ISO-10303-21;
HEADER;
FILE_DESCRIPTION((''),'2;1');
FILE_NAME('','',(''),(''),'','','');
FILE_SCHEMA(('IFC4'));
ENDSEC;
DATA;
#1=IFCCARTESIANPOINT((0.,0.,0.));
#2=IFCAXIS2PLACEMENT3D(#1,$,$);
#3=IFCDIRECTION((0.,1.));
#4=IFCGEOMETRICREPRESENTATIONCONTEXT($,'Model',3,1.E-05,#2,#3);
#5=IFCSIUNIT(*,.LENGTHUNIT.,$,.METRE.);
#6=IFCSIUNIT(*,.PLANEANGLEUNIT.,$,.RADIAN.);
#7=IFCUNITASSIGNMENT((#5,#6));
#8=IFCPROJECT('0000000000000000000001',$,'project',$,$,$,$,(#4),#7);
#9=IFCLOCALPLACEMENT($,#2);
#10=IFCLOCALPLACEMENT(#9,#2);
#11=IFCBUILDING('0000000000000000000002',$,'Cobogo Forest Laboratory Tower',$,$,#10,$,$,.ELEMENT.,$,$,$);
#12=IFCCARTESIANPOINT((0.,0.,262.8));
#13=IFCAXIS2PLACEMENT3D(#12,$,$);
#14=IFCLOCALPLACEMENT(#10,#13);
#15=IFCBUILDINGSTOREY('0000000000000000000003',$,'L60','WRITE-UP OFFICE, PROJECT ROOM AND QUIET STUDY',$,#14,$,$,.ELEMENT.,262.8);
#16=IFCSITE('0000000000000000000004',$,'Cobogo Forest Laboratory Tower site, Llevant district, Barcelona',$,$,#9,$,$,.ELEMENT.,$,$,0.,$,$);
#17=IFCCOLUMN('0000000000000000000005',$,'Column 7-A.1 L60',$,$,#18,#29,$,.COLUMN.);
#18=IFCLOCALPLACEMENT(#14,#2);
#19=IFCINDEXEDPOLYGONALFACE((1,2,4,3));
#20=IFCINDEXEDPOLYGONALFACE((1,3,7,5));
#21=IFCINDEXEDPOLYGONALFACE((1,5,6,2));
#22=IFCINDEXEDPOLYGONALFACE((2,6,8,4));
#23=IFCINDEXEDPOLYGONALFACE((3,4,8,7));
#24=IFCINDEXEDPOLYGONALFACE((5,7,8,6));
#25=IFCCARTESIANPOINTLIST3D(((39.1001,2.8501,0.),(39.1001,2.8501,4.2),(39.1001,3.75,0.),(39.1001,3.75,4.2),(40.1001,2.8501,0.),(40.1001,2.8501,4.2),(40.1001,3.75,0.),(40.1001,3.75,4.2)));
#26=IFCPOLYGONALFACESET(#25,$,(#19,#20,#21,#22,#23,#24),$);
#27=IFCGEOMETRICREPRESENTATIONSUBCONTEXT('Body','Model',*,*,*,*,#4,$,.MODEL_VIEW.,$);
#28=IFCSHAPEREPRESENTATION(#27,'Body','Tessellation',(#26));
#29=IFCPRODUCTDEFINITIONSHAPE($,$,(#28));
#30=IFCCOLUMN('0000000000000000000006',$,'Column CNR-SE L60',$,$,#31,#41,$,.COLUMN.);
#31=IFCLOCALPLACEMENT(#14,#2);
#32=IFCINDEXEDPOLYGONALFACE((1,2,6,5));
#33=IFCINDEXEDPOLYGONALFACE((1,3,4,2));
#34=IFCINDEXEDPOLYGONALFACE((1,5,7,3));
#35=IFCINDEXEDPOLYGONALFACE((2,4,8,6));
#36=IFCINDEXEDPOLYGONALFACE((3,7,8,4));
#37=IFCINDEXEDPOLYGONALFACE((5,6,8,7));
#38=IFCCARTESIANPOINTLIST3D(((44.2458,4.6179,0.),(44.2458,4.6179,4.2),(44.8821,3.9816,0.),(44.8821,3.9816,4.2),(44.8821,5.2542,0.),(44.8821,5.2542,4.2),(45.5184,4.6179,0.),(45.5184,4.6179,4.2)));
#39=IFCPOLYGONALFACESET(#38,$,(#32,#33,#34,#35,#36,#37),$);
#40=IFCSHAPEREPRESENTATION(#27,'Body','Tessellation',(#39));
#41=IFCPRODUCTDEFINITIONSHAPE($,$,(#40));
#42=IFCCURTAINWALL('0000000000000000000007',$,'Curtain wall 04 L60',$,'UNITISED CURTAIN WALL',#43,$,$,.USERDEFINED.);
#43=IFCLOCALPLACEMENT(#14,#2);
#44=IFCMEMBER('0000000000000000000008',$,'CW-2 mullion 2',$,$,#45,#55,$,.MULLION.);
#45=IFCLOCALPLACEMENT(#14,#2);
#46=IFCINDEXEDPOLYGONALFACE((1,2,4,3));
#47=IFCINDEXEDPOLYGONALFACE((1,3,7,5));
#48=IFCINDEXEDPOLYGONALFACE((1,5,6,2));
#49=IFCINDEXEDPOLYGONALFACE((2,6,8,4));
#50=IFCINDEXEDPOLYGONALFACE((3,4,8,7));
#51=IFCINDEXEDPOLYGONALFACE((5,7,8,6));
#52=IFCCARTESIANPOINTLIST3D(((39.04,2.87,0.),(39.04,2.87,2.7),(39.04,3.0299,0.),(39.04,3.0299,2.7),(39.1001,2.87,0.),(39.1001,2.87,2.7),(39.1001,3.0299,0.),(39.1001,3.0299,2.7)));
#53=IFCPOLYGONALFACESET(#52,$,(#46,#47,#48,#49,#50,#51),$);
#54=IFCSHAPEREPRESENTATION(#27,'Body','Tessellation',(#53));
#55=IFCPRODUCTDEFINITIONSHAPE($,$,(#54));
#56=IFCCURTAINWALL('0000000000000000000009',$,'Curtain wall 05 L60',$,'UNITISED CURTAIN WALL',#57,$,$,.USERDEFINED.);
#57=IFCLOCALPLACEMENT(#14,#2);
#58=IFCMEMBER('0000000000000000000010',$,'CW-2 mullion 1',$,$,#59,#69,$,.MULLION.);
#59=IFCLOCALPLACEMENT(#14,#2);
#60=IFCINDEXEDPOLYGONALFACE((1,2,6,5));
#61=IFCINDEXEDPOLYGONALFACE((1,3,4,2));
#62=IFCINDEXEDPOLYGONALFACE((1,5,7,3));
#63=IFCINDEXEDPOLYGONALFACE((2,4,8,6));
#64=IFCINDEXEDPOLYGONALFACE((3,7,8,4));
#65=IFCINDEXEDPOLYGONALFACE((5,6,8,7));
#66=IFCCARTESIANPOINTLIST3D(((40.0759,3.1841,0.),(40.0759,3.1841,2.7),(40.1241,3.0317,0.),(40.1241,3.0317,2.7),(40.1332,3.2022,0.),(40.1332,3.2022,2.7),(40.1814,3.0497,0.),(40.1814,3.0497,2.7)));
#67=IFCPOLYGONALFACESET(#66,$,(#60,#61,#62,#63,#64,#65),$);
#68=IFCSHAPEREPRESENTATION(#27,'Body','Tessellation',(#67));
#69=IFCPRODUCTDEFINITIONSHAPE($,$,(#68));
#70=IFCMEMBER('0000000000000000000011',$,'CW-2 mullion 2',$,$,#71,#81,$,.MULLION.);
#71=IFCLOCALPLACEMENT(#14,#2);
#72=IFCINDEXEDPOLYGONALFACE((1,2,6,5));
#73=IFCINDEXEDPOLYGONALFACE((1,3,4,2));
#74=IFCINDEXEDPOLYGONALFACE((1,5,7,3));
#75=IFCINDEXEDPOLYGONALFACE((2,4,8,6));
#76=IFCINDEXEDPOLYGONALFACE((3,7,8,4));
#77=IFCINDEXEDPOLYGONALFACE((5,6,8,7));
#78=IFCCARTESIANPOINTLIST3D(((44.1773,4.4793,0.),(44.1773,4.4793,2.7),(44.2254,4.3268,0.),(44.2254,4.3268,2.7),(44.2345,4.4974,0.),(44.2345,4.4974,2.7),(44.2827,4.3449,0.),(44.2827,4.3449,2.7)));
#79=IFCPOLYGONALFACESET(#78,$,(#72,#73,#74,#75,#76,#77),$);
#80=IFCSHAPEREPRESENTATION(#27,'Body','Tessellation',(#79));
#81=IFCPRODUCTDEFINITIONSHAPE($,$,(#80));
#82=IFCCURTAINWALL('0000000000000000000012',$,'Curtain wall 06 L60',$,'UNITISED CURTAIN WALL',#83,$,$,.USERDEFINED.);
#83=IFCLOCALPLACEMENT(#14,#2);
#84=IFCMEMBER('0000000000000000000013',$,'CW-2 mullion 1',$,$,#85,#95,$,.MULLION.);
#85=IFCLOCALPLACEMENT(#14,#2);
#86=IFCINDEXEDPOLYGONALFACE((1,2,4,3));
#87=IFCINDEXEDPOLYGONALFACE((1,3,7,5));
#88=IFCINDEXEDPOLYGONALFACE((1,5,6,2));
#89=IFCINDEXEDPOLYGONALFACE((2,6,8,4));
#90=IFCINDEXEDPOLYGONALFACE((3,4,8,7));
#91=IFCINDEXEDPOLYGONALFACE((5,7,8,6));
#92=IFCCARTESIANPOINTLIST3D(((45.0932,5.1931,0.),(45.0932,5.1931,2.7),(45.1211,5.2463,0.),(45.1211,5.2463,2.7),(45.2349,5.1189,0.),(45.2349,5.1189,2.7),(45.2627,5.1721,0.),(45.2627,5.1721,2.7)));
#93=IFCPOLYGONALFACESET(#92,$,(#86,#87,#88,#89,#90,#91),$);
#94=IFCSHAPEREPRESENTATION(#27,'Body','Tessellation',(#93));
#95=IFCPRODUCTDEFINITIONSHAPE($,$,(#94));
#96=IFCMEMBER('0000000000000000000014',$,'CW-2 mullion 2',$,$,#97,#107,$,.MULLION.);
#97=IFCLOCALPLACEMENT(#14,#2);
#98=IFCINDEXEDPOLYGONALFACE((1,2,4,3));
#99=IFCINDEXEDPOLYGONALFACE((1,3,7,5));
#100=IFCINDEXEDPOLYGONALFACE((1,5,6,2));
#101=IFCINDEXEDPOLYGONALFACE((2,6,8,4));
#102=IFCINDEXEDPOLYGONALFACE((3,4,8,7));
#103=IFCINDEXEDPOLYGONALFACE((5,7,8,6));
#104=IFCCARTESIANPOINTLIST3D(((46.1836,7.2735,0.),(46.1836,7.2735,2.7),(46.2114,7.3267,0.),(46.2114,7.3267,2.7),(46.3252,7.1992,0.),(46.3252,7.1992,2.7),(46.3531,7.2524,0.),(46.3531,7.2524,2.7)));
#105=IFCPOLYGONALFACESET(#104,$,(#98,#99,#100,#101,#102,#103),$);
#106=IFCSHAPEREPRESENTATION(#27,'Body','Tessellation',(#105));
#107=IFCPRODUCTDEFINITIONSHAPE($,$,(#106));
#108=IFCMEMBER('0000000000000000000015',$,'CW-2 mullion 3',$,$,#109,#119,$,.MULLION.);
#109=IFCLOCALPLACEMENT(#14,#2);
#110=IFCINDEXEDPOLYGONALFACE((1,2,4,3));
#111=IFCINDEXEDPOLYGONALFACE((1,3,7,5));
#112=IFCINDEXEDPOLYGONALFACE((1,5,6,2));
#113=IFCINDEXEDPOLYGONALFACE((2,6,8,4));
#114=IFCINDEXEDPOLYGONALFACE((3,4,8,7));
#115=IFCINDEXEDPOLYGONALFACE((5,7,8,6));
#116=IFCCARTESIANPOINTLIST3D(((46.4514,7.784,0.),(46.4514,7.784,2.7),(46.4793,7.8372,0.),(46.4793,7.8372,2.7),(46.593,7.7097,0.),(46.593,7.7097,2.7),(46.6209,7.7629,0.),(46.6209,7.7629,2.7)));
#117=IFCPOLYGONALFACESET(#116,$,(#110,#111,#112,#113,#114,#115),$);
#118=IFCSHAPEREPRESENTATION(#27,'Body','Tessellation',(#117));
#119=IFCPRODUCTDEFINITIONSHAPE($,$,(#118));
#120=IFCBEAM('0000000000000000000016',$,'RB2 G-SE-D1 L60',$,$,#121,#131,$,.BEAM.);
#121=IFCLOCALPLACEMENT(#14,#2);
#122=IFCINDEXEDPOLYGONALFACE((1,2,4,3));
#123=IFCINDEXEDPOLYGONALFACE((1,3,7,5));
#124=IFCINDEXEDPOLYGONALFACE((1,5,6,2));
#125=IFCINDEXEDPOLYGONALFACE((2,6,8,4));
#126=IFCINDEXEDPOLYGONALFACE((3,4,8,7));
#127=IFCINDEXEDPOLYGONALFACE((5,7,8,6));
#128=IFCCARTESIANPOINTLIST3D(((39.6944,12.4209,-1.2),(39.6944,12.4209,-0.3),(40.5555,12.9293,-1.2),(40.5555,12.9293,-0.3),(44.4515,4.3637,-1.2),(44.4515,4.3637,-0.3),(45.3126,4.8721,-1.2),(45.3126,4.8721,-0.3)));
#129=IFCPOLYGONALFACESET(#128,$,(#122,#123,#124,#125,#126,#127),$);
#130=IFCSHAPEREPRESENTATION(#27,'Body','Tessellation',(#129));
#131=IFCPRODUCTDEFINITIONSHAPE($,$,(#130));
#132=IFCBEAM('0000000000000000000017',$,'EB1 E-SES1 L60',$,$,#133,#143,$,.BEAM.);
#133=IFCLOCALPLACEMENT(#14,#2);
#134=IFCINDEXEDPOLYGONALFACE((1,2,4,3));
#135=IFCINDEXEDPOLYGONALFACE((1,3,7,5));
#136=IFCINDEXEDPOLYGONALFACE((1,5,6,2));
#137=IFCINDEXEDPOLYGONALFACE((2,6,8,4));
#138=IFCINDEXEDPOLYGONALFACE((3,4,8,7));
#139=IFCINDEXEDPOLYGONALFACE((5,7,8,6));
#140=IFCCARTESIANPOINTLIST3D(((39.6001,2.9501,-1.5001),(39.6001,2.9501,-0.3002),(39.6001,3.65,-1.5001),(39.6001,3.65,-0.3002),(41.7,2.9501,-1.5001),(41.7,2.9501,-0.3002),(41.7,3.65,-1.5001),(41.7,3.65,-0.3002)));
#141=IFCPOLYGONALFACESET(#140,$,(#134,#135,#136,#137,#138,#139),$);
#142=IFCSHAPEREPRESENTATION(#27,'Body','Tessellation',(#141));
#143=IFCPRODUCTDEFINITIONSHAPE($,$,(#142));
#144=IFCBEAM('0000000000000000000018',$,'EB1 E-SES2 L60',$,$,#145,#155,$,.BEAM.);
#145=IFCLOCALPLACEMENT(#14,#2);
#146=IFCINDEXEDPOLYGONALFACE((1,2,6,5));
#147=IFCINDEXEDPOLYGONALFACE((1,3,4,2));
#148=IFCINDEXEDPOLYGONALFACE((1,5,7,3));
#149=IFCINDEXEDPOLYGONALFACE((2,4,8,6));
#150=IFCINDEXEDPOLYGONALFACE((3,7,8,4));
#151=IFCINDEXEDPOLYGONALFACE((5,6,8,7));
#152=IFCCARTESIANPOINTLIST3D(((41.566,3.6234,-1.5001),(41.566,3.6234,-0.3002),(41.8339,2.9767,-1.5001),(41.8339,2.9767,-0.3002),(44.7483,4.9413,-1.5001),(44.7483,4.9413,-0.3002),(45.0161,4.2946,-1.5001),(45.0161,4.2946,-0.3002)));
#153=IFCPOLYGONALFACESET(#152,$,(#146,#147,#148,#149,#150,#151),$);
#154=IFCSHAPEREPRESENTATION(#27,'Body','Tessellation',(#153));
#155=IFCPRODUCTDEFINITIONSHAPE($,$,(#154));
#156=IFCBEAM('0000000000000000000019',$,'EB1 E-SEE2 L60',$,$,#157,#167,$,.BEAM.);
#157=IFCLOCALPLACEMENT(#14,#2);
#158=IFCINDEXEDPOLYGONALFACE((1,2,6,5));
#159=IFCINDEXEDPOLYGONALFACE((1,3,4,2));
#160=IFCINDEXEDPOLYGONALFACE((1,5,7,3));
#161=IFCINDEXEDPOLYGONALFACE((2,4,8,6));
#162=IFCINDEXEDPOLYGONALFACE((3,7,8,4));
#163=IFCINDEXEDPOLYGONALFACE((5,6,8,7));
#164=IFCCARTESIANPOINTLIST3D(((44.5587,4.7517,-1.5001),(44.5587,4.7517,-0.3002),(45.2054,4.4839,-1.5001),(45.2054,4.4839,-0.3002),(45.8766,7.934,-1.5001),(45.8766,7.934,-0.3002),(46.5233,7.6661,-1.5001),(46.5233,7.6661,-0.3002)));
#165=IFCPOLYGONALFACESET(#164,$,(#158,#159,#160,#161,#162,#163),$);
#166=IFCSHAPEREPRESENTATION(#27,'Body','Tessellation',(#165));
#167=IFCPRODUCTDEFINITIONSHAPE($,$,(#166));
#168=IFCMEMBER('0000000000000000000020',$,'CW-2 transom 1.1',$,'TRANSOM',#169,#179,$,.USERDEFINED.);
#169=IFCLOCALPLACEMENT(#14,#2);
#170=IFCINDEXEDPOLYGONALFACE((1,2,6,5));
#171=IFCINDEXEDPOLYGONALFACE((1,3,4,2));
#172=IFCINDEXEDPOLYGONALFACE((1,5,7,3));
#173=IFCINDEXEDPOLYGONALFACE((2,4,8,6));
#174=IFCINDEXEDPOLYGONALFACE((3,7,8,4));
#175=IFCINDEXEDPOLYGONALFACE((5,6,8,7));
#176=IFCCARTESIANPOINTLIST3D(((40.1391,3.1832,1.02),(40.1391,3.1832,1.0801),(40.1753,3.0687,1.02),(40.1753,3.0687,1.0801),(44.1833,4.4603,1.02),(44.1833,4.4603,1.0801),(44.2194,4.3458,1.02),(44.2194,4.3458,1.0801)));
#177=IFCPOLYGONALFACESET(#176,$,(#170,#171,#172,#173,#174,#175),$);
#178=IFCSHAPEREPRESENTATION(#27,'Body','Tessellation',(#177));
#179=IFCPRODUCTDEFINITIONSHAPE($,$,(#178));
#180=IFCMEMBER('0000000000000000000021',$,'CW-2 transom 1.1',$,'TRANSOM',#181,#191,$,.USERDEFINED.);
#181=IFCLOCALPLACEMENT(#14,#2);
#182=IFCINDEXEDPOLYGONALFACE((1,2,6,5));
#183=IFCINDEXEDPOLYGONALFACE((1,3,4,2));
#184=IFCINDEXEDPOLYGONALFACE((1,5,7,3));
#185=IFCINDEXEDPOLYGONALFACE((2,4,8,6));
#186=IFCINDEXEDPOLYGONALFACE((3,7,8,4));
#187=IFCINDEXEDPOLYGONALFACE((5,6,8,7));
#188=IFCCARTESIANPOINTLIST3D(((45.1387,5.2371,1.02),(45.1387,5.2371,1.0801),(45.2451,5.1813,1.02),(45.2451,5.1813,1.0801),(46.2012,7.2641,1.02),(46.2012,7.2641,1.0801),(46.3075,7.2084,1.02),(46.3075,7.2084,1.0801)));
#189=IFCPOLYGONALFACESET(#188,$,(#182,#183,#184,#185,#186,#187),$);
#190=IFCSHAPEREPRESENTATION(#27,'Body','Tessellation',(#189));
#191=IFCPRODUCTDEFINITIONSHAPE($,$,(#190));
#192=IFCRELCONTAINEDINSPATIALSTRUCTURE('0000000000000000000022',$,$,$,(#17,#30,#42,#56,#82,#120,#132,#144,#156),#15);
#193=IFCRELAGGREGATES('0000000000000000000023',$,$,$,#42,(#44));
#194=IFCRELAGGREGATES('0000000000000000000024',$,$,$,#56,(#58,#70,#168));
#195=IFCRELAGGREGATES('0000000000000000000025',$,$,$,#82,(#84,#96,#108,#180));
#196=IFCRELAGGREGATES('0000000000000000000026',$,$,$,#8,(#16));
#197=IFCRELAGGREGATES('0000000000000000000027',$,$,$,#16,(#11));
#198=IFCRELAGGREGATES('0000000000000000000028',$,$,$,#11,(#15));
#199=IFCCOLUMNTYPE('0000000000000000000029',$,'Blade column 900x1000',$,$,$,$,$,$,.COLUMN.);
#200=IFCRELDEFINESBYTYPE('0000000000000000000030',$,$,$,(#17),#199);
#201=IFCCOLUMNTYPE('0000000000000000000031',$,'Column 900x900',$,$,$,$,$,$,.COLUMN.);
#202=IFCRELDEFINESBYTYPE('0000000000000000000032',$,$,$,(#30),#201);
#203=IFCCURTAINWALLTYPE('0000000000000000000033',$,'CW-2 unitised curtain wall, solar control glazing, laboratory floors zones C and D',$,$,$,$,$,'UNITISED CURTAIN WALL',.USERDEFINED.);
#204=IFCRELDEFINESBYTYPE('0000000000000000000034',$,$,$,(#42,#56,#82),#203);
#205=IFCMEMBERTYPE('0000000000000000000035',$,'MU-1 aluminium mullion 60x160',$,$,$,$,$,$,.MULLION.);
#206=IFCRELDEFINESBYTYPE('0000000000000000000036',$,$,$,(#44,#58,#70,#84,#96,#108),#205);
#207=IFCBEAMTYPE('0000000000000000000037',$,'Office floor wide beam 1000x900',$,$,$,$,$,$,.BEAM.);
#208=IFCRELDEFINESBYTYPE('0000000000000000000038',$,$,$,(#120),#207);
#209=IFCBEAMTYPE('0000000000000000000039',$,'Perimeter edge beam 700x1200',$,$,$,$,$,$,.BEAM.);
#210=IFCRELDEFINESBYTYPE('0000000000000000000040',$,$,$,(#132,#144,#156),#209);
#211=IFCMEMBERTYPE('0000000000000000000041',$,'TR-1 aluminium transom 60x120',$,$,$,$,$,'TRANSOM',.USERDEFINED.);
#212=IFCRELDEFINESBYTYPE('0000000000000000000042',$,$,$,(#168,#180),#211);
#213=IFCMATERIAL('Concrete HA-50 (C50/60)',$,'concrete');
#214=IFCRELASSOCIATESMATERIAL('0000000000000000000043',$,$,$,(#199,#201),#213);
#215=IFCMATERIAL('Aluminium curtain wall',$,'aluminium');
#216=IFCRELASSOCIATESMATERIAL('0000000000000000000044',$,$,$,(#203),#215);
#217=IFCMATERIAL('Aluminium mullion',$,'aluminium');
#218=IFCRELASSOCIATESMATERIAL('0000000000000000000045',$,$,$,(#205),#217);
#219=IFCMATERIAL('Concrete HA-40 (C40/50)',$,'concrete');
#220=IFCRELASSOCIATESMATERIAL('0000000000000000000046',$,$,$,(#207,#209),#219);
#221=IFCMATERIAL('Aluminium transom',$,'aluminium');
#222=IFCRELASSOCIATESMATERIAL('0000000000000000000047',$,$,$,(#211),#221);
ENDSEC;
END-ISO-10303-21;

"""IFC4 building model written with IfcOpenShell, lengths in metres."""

from ifc_helpers import new_model, si_unit, direction, frame, origin, origin_2d, place, context, subcontext, project, spatial, rectangle, extrude, material, material_profile, profile_set, type_object, element, aggregate, save


model = new_model("IFC4")

# Units and contexts
model_context = context("Model", 3, precision=1e-05, world=origin(), true_north=direction((0.0, 1.0)))
body_context = subcontext(model_context, "Body", "Model", "MODEL_VIEW")
ifc_project = project(units=[si_unit("LENGTHUNIT", "METRE"), si_unit("PLANEANGLEUNIT", "RADIAN")], contexts=[model_context])

# Site, building, storey
site_placement = place(None, origin())
site = spatial("IfcSite", under=ifc_project, at=site_placement, Name="Cobogo Forest Laboratory Tower site, Llevant district, Barcelona", CompositionType="ELEMENT", RefElevation=0.0)
building_placement = place(site_placement, origin())
building = spatial("IfcBuilding", under=site, at=building_placement, Name="Cobogo Forest Laboratory Tower", CompositionType="ELEMENT")
storey_placement = place(building_placement, frame((0.0, 0.0, 262.8)))
storey = spatial("IfcBuildingStorey", under=building, at=storey_placement, Name="L60", Description="WRITE-UP OFFICE, PROJECT ROOM AND QUIET STUDY", CompositionType="ELEMENT", Elevation=262.8)

# Columns
ifc_material_1 = material(Name="Concrete HA-50 (C50/60)", Category="concrete")
ifc_material_profile_1 = material_profile(ifc_material_1, rectangle(XDim=1.0, YDim=0.8999, at=origin_2d()), Name="RC 900x1000")
ifc_profile_set_1 = profile_set([ifc_material_profile_1], Name="Concrete HA-50 (C50/60)")
column_type_1 = type_object("IfcColumnType", Name="Blade column 900x1000", PredefinedType="COLUMN", material=ifc_profile_set_1)
column_1_placement = place(storey_placement, frame((39.6001, 3.3, 0.0), z_axis=(0.0, 0.0, 1.0), x_axis=(1.0, 0.0, 0.0)))
element("IfcColumn", 1, at=column_1_placement, inside=storey, type_object=column_type_1, Name="Column 7-A.1 L60", PredefinedType="COLUMN", context=body_context, shape_type="SweptSolid", body=[
    extrude(rectangle(XDim=1.0, YDim=0.8999, at=origin_2d()), origin(), (0.0, 0.0, 1.0), 4.2),
])
ifc_material_profile_2 = material_profile(ifc_material_1, rectangle(XDim=0.8999, YDim=0.8999, at=origin_2d()), Name="RC 900x900")
ifc_profile_set_2 = profile_set([ifc_material_profile_2], Name="Concrete HA-50 (C50/60)")
column_type_2 = type_object("IfcColumnType", Name="Column 900x900", PredefinedType="COLUMN", material=ifc_profile_set_2)
column_2_placement = place(storey_placement, frame((44.8821, 4.6179, 0.0), z_axis=(0.0, 0.0, 1.0), x_axis=(0.707107, 0.707107, 0.0)))
element("IfcColumn", 2, at=column_2_placement, inside=storey, type_object=column_type_2, Name="Column CNR-SE L60", PredefinedType="COLUMN", context=body_context, shape_type="SweptSolid", body=[
    extrude(rectangle(XDim=0.8999, YDim=0.8999, at=origin_2d()), origin(), (0.0, 0.0, 1.0), 4.2),
])

# Curtain wall, member
ifc_material_2 = material(Name="Aluminium curtain wall", Category="aluminium")
curtain_wall_type = type_object("IfcCurtainWallType", Name="CW-2 unitised curtain wall, solar control glazing, laboratory floors zones C and D", ElementType="UNITISED CURTAIN WALL", PredefinedType="USERDEFINED", material=ifc_material_2)
curtain_wall_1_placement = place(storey_placement, origin())
curtain_wall_1 = element("IfcCurtainWall", 3, at=curtain_wall_1_placement, inside=storey, type_object=curtain_wall_type, Name="Curtain wall 04 L60", ObjectType="UNITISED CURTAIN WALL", PredefinedType="USERDEFINED")
ifc_material_3 = material(Name="Aluminium mullion", Category="aluminium")
ifc_material_profile_3 = material_profile(ifc_material_3, rectangle(XDim=0.0601, YDim=0.1599, at=origin_2d()), Name="AL 60x160")
ifc_profile_set_3 = profile_set([ifc_material_profile_3], Name="Aluminium mullion")
member_type_1 = type_object("IfcMemberType", Name="MU-1 aluminium mullion 60x160", PredefinedType="MULLION", material=ifc_profile_set_3)
member_1_placement = place(storey_placement, frame((39.0701, 2.95, 0.0), z_axis=(0.0, 0.0, 1.0), x_axis=(1.0, 0.0, 0.0)))
member_1 = element("IfcMember", 4, at=member_1_placement, type_object=member_type_1, Name="CW-2 mullion 2", PredefinedType="MULLION", context=body_context, shape_type="SweptSolid", body=[
    extrude(rectangle(XDim=0.0601, YDim=0.1599, at=origin_2d()), origin(), (0.0, 0.0, 1.0), 2.7),
])

# Curtain walls, members
curtain_wall_2_placement = place(storey_placement, origin())
curtain_wall_2 = element("IfcCurtainWall", 5, at=curtain_wall_2_placement, inside=storey, type_object=curtain_wall_type, Name="Curtain wall 05 L60", ObjectType="UNITISED CURTAIN WALL", PredefinedType="USERDEFINED")
member_2_placement = place(storey_placement, frame((40.1287, 3.1169, 0.0), z_axis=(0.0, 0.0, 1.0), x_axis=(0.953581, 0.301135, 0.0)))
member_2 = element("IfcMember", 6, at=member_2_placement, type_object=member_type_1, Name="CW-2 mullion 1", PredefinedType="MULLION", context=body_context, shape_type="SweptSolid", body=[
    extrude(rectangle(XDim=0.0601, YDim=0.1599, at=origin_2d()), origin(), (0.0, 0.0, 1.0), 2.7),
])
member_3_placement = place(storey_placement, frame((44.23, 4.4121, 0.0), z_axis=(0.0, 0.0, 1.0), x_axis=(0.953581, 0.301135, 0.0)))
member_3 = element("IfcMember", 7, at=member_3_placement, type_object=member_type_1, Name="CW-2 mullion 2", PredefinedType="MULLION", context=body_context, shape_type="SweptSolid", body=[
    extrude(rectangle(XDim=0.0601, YDim=0.1599, at=origin_2d()), origin(), (0.0, 0.0, 1.0), 2.7),
])
curtain_wall_3_placement = place(storey_placement, origin())
curtain_wall_3 = element("IfcCurtainWall", 8, at=curtain_wall_3_placement, inside=storey, type_object=curtain_wall_type, Name="Curtain wall 06 L60", ObjectType="UNITISED CURTAIN WALL", PredefinedType="USERDEFINED")
member_4_placement = place(storey_placement, frame((45.178, 5.1826, 0.0), z_axis=(0.0, 0.0, 1.0), x_axis=(0.464284, 0.885686, 0.0)))
member_4 = element("IfcMember", 9, at=member_4_placement, type_object=member_type_1, Name="CW-2 mullion 1", PredefinedType="MULLION", context=body_context, shape_type="SweptSolid", body=[
    extrude(rectangle(XDim=0.0601, YDim=0.1599, at=origin_2d()), origin(), (0.0, 0.0, 1.0), 2.7),
])
member_5_placement = place(storey_placement, frame((46.2683, 7.2629, 0.0), z_axis=(0.0, 0.0, 1.0), x_axis=(0.464284, 0.885686, 0.0)))
member_5 = element("IfcMember", 10, at=member_5_placement, type_object=member_type_1, Name="CW-2 mullion 2", PredefinedType="MULLION", context=body_context, shape_type="SweptSolid", body=[
    extrude(rectangle(XDim=0.0601, YDim=0.1599, at=origin_2d()), origin(), (0.0, 0.0, 1.0), 2.7),
])
member_6_placement = place(storey_placement, frame((46.5361, 7.7734, 0.0), z_axis=(0.0, 0.0, 1.0), x_axis=(0.464284, 0.885686, 0.0)))
member_6 = element("IfcMember", 11, at=member_6_placement, type_object=member_type_1, Name="CW-2 mullion 3", PredefinedType="MULLION", context=body_context, shape_type="SweptSolid", body=[
    extrude(rectangle(XDim=0.0601, YDim=0.1599, at=origin_2d()), origin(), (0.0, 0.0, 1.0), 2.7),
])

# Beams
ifc_material_4 = material(Name="Concrete HA-40 (C40/50)", Category="concrete")
ifc_material_profile_4 = material_profile(ifc_material_4, rectangle(XDim=1.0, YDim=0.8999, at=origin_2d()), Name="RC 1000x900")
ifc_profile_set_4 = profile_set([ifc_material_profile_4], Name="Concrete HA-40 (C40/50)")
beam_type_1 = type_object("IfcBeamType", Name="Office floor wide beam 1000x900", PredefinedType="BEAM", material=ifc_profile_set_4)
beam_1_placement = place(storey_placement, frame((44.8821, 4.6179, -0.75), z_axis=(-0.508416, 0.861111, 0.0), x_axis=(-0.861111, -0.508416, 0.0)))
element("IfcBeam", 12, at=beam_1_placement, inside=storey, type_object=beam_type_1, Name="RB2 G-SE-D1 L60", PredefinedType="BEAM", context=body_context, shape_type="SweptSolid", body=[
    extrude(rectangle(XDim=1.0, YDim=0.8999, at=origin_2d()), origin(), (0.0, 0.0, 1.0), 9.3567),
])
ifc_material_profile_5 = material_profile(ifc_material_4, rectangle(XDim=0.7, YDim=1.2, at=origin_2d()), Name="RC 700x1200")
ifc_profile_set_5 = profile_set([ifc_material_profile_5], Name="Concrete HA-40 (C40/50)")
beam_type_2 = type_object("IfcBeamType", Name="Perimeter edge beam 700x1200", PredefinedType="BEAM", material=ifc_profile_set_5)
beam_2_placement = place(storey_placement, frame((39.6001, 3.3, -0.9001), z_axis=(1.0, 0.0, 0.0), x_axis=(0.0, 1.0, 0.0)))
element("IfcBeam", 13, at=beam_2_placement, inside=storey, type_object=beam_type_2, Name="EB1 E-SES1 L60", PredefinedType="BEAM", context=body_context, shape_type="SweptSolid", body=[
    extrude(rectangle(XDim=0.7, YDim=1.2, at=origin_2d()), origin(), (0.0, 0.0, 1.0), 2.0999),
])
for number, where, z_axis, x_axis, name in (
    (14, (41.7, 3.3, -0.9001), (0.923901, 0.382631, 0.0), (-0.382631, 0.923901, 0.0), "EB1 E-SES2 L60"),
    (15, (46.2, 7.8, -0.9001), (-0.382631, -0.923901, 0.0), (0.923901, -0.382631, 0.0), "EB1 E-SEE2 L60"),
):
    element("IfcBeam", number, at=place(storey_placement, frame(where, z_axis=z_axis, x_axis=x_axis)), inside=storey, type_object=beam_type_2, Name=name, PredefinedType="BEAM", context=body_context, shape_type="SweptSolid", body=[
        extrude(rectangle(XDim=0.7, YDim=1.2, at=origin_2d()), origin(), (0.0, 0.0, 1.0), 3.4443),
    ])

# Members
ifc_material_5 = material(Name="Aluminium transom", Category="aluminium")
ifc_material_profile_6 = material_profile(ifc_material_5, rectangle(XDim=0.1201, YDim=0.0601, at=origin_2d()), Name="AL 60x120")
ifc_profile_set_6 = profile_set([ifc_material_profile_6], Name="Aluminium transom")
member_type_2 = type_object("IfcMemberType", Name="TR-1 aluminium transom 60x120", ElementType="TRANSOM", PredefinedType="USERDEFINED", material=ifc_profile_set_6)
member_7_placement = place(storey_placement, frame((40.1572, 3.126, 1.05), z_axis=(0.953584, 0.301129, 0.0), x_axis=(-0.301129, 0.953584, 0.0)))
member_7 = element("IfcMember", 16, at=member_7_placement, type_object=member_type_2, Name="CW-2 transom 1.1", ObjectType="TRANSOM", PredefinedType="USERDEFINED", context=body_context, shape_type="SweptSolid", body=[
    extrude(rectangle(XDim=0.1201, YDim=0.0601, at=origin_2d()), origin(), (0.0, 0.0, 1.0), 4.241),
])
member_8_placement = place(storey_placement, frame((45.1919, 5.2092, 1.05), z_axis=(0.464242, 0.885708, 0.0), x_axis=(-0.885708, 0.464242, 0.0)))
member_8 = element("IfcMember", 17, at=member_8_placement, type_object=member_type_2, Name="CW-2 transom 1.1", ObjectType="TRANSOM", PredefinedType="USERDEFINED", context=body_context, shape_type="SweptSolid", body=[
    extrude(rectangle(XDim=0.1201, YDim=0.0601, at=origin_2d()), origin(), (0.0, 0.0, 1.0), 2.2886),
])

aggregate(curtain_wall_1, [member_1])
aggregate(curtain_wall_2, [member_2, member_3, member_7])
aggregate(curtain_wall_3, [member_4, member_5, member_6, member_8])

save(model, "model.ifc")
